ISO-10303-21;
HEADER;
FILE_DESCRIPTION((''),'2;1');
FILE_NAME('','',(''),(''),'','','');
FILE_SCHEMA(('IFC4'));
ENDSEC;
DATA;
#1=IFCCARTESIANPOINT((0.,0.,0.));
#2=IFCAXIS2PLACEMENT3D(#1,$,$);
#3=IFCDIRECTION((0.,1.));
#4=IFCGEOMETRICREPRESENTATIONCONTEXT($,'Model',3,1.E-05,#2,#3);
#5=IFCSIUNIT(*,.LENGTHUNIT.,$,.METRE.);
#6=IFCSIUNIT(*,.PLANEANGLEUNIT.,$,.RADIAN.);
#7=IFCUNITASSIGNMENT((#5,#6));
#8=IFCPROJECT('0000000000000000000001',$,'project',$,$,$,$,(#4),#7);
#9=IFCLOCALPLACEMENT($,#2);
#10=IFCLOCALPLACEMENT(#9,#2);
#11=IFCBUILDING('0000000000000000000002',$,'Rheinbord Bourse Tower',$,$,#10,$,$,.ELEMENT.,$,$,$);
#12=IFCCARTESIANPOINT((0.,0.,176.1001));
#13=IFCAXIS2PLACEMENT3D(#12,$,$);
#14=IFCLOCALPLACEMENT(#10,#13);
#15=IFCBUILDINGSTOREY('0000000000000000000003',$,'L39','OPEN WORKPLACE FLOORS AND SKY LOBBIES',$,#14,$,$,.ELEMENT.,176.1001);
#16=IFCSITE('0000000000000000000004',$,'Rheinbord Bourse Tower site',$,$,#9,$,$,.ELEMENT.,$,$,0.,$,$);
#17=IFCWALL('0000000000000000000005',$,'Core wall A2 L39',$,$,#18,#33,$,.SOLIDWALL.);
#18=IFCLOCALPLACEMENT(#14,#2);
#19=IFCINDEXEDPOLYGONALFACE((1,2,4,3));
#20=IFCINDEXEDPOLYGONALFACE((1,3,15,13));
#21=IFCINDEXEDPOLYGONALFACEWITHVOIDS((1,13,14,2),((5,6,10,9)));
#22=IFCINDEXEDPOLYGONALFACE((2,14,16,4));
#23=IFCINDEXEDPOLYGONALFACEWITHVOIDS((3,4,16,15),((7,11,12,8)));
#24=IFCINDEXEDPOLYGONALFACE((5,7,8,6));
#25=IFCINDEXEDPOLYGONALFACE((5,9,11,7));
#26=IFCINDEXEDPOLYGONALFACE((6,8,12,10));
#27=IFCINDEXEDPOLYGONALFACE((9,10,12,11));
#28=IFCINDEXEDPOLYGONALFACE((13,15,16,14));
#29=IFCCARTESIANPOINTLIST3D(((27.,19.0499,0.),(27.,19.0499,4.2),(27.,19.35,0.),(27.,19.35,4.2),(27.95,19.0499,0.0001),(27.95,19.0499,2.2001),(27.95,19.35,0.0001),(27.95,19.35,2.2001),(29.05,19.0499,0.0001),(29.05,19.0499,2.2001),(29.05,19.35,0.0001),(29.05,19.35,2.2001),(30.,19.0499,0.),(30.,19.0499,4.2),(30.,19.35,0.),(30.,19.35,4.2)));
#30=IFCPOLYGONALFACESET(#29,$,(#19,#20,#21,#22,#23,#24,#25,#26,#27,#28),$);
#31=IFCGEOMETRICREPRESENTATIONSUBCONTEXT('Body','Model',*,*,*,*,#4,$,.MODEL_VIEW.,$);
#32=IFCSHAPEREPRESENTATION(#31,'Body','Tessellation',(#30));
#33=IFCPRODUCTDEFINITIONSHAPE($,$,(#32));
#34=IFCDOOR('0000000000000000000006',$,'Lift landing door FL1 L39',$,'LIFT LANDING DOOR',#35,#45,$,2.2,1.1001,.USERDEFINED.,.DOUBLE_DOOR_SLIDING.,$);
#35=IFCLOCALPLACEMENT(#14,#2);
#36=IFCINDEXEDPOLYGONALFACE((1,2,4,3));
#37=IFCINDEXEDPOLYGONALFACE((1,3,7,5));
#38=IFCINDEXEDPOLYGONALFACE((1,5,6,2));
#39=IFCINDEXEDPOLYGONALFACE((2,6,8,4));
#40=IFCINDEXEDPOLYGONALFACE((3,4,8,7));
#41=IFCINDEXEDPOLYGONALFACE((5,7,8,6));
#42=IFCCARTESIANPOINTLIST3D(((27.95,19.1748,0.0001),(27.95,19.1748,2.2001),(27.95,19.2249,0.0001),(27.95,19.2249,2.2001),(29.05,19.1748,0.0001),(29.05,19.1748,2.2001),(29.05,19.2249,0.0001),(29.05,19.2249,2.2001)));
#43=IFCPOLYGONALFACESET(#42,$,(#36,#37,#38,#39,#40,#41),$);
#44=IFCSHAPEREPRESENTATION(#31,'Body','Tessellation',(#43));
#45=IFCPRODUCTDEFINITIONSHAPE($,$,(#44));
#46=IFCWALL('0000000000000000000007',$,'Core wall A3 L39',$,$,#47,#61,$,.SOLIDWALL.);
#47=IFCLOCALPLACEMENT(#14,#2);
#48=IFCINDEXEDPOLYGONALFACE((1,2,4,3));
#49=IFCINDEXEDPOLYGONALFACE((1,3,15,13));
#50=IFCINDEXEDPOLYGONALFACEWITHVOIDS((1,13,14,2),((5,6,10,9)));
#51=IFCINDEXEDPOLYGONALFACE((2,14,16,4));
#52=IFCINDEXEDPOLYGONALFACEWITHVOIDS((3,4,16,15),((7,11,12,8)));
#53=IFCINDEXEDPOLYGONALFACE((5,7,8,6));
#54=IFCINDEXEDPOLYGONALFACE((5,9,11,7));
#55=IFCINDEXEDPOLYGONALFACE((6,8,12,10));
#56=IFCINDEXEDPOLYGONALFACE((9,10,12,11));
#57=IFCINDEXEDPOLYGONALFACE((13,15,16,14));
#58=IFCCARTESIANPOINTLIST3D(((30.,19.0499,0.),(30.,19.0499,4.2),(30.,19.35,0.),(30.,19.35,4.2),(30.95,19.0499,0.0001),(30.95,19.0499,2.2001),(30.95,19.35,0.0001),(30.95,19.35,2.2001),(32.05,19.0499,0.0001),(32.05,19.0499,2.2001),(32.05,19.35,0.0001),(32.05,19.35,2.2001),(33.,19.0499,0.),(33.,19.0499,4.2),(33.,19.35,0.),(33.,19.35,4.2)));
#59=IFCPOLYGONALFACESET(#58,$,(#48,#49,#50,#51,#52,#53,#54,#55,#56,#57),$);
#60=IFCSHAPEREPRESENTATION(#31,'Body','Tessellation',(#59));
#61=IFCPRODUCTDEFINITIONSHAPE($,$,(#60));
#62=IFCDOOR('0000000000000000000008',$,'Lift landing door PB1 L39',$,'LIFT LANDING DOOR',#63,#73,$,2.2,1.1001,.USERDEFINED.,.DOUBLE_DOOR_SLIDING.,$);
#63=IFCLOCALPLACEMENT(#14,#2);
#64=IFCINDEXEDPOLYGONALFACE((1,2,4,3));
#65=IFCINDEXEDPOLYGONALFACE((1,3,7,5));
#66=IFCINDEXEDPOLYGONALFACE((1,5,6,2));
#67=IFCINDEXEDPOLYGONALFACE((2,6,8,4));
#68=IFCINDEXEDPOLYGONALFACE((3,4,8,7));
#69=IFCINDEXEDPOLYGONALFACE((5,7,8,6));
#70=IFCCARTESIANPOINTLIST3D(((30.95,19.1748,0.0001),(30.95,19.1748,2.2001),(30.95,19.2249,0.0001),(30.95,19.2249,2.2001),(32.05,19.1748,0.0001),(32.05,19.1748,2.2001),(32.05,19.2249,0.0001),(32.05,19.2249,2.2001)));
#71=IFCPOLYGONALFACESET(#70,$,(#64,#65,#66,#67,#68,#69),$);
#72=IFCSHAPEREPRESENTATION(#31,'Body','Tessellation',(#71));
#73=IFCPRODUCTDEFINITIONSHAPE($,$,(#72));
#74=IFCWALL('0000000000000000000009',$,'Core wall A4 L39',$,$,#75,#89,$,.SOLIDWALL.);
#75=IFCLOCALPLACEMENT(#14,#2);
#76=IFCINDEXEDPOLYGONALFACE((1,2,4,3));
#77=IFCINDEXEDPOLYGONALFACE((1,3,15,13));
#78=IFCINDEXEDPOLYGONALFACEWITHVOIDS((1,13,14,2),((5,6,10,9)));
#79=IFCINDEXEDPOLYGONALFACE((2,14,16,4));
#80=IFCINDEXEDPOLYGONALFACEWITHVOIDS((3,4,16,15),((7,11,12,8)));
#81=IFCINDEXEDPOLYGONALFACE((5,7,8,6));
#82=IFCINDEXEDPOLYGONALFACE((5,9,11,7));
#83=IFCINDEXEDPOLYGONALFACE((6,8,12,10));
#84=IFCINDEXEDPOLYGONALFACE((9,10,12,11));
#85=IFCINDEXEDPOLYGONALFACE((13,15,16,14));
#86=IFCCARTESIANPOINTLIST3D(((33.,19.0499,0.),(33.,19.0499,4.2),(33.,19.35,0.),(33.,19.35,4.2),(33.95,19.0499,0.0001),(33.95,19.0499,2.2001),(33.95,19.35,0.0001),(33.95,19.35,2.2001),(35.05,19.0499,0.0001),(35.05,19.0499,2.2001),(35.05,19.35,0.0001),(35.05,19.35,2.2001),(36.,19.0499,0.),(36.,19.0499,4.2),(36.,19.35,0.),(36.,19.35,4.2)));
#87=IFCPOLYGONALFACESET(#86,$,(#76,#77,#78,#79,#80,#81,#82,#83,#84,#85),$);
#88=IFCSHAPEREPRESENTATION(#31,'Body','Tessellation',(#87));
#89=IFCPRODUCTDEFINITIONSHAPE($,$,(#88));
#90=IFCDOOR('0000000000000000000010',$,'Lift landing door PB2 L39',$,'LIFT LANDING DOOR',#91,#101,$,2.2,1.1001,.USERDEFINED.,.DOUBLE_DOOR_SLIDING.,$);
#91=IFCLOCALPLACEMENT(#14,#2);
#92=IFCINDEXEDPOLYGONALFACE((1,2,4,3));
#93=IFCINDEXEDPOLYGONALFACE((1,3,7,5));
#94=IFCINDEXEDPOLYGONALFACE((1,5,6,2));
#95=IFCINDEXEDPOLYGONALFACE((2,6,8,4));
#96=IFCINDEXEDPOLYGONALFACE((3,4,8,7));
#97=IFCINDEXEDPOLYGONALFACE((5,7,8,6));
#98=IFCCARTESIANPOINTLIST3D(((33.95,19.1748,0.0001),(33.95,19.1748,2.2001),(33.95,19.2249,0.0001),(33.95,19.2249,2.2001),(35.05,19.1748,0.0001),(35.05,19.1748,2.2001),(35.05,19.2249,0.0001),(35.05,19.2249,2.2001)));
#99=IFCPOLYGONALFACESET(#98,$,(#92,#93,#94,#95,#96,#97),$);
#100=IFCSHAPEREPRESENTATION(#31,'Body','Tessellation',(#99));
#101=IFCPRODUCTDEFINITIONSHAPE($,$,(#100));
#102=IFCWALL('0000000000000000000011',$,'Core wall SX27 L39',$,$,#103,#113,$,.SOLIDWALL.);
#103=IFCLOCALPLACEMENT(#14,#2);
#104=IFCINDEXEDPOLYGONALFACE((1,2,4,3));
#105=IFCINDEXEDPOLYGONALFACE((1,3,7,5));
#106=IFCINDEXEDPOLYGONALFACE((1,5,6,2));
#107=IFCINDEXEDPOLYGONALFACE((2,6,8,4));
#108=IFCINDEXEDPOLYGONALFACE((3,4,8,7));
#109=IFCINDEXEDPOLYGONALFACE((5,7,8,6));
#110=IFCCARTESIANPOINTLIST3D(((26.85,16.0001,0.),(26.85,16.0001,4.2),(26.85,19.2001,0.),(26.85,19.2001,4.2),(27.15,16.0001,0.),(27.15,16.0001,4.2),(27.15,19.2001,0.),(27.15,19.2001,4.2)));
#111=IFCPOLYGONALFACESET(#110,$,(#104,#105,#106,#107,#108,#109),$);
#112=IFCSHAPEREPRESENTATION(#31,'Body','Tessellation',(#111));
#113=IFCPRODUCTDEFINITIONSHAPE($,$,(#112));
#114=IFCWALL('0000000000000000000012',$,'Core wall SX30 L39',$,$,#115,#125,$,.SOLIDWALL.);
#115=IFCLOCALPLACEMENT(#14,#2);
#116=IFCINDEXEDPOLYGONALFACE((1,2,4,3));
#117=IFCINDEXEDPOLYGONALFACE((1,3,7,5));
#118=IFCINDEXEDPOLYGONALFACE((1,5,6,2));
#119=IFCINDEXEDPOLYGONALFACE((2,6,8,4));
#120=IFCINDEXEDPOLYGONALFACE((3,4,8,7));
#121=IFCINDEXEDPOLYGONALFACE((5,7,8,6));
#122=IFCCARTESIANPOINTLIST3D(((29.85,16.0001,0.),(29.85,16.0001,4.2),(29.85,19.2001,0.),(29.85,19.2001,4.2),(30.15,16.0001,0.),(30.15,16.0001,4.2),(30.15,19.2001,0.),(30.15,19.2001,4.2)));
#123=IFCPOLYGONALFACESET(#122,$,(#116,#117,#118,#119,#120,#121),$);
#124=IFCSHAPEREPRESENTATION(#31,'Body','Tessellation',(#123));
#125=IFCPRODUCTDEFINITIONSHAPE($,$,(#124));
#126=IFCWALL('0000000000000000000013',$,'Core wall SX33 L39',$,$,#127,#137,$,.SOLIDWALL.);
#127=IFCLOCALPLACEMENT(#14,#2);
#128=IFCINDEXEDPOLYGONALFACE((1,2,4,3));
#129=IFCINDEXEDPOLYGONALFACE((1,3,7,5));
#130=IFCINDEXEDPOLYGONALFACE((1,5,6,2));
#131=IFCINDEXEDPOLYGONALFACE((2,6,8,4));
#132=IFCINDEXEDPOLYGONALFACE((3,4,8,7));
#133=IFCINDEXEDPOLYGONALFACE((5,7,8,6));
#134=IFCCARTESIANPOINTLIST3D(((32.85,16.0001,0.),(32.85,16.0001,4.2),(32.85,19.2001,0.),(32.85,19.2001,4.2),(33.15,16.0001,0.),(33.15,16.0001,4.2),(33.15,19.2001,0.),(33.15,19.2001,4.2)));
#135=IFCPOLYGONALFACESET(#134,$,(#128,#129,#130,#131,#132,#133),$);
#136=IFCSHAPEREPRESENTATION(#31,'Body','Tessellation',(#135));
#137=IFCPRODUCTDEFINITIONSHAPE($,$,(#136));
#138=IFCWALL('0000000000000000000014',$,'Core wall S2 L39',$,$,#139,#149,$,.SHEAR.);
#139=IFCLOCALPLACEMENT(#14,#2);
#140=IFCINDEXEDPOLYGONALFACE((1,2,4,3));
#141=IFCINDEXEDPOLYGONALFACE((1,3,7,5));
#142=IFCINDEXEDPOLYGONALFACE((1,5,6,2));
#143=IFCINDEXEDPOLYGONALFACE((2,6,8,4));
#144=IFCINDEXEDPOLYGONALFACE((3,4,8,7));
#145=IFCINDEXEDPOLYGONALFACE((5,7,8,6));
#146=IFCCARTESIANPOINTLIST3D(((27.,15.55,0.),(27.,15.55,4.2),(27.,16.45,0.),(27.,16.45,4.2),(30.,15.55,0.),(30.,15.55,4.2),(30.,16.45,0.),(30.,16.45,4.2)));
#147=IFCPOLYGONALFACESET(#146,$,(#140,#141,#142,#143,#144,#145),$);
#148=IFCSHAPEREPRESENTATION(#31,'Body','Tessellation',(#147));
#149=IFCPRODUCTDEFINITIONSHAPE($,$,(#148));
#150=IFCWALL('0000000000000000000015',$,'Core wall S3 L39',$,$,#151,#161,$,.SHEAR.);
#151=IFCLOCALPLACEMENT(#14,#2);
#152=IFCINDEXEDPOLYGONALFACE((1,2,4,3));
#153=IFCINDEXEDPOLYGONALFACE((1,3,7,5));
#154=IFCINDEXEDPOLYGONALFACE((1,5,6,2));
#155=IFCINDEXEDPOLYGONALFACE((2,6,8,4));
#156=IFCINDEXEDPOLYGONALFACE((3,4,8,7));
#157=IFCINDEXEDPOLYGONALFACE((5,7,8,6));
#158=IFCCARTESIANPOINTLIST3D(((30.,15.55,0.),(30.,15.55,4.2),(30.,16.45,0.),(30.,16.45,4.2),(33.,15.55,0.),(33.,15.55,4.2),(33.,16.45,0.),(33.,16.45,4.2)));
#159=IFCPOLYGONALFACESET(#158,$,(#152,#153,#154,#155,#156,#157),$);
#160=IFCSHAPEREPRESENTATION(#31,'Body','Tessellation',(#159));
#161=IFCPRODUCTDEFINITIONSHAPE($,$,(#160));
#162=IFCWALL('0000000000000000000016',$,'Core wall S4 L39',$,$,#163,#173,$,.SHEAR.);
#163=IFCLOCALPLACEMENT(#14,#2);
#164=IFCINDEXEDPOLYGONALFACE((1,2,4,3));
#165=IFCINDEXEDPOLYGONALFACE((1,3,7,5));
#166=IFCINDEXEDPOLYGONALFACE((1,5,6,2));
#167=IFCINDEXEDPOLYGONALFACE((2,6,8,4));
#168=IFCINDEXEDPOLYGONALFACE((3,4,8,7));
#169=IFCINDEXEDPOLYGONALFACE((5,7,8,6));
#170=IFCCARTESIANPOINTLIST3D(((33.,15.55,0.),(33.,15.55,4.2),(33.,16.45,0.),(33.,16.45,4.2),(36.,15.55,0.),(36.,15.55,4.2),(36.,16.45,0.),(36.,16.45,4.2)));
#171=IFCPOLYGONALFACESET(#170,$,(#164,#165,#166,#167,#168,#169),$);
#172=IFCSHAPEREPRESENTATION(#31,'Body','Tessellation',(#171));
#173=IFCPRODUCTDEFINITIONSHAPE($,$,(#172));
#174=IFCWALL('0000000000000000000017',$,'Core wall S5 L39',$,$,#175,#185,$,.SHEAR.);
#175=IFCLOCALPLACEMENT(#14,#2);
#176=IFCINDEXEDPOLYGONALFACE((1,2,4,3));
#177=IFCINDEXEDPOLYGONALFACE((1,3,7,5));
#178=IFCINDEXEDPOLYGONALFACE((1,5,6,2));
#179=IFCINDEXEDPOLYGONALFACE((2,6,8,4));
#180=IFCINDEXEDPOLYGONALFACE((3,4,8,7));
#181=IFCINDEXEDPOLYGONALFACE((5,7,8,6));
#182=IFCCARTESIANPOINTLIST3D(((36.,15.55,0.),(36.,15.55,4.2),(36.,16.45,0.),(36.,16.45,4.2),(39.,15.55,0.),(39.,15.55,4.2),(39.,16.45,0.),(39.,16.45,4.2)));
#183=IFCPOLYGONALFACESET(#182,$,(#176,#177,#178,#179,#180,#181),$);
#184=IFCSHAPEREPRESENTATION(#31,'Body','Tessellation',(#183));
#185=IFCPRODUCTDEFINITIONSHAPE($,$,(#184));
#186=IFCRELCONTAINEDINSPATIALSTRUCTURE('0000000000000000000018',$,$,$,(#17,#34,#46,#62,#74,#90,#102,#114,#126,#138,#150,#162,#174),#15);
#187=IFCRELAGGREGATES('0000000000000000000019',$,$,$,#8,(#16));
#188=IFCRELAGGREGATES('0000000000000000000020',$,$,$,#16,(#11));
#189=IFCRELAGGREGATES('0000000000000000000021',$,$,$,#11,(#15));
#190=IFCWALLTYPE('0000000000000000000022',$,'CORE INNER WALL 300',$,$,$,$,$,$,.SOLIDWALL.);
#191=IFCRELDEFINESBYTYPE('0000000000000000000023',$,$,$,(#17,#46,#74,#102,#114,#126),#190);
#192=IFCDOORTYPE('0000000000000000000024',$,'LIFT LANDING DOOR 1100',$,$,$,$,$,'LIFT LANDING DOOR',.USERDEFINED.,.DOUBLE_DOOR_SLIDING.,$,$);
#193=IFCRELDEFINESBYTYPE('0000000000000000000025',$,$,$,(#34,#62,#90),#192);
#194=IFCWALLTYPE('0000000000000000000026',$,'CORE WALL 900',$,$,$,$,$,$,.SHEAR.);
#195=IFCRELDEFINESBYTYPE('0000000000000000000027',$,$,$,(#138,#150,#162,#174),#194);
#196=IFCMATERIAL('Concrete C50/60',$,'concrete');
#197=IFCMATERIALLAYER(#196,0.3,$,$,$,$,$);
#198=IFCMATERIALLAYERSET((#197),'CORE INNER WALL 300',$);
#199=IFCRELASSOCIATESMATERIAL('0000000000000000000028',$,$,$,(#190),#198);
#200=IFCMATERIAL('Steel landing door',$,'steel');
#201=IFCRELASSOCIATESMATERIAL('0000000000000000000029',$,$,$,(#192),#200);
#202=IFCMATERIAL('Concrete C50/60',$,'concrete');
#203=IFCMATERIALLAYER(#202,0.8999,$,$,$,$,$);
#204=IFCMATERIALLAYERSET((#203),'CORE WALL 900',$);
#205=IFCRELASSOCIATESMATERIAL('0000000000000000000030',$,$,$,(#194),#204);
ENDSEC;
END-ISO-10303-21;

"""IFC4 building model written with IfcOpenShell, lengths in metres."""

from ifc_helpers import new_model, si_unit, direction, frame, frame_2d, origin, place, context, subcontext, project, spatial, rectangle, extrude, material, layer, layer_set, type_object, element, fill, save


model = new_model("IFC4")

# Units and contexts
model_context = context("Model", 3, precision=1e-05, world=origin(), true_north=direction((0.0, 1.0)))
body_context = subcontext(model_context, "Body", "Model", "MODEL_VIEW")
ifc_project = project(units=[si_unit("LENGTHUNIT", "METRE"), si_unit("PLANEANGLEUNIT", "RADIAN")], contexts=[model_context])

# Site, building, storey
site_placement = place(None, origin())
site = spatial("IfcSite", under=ifc_project, at=site_placement, Name="Rheinbord Bourse Tower site", CompositionType="ELEMENT", RefElevation=0.0)
building_placement = place(site_placement, origin())
building = spatial("IfcBuilding", under=site, at=building_placement, Name="Rheinbord Bourse Tower", CompositionType="ELEMENT")
storey_placement = place(building_placement, frame((0.0, 0.0, 176.1001)))
storey = spatial("IfcBuildingStorey", under=building, at=storey_placement, Name="L39", Description="OPEN WORKPLACE FLOORS AND SKY LOBBIES", CompositionType="ELEMENT", Elevation=176.1001)

# Walls, openings, doors
ifc_material_1 = material(Name="Concrete C50/60", Category="concrete")
ifc_layer_1 = layer(ifc_material_1, 0.3)
ifc_layer_set_1 = layer_set([ifc_layer_1], Name="CORE INNER WALL 300")
wall_type_1 = type_object("IfcWallType", Name="CORE INNER WALL 300", PredefinedType="SOLIDWALL", material=ifc_layer_set_1)
wall_1_placement = place(storey_placement, frame((27.0, 19.2, 0.0), z_axis=(0.0, 0.0, 1.0), x_axis=(1.0, 0.0, 0.0)))
wall_1 = element("IfcWall", 1, at=wall_1_placement, inside=storey, type_object=wall_type_1, Name="Core wall A2 L39", PredefinedType="SOLIDWALL", context=body_context, shape_type="SweptSolid", body=[
    extrude(rectangle(XDim=3.0, YDim=0.3, at=frame_2d((1.5, 0.0))), origin(), (0.0, 0.0, 1.0), 4.2),
])
opening_1_placement = place(wall_1_placement, frame((0.95, 0.0, 0.0)))
opening_1 = element("IfcOpeningElement", 2, at=opening_1_placement, cuts=wall_1, PredefinedType="OPENING", context=body_context, shape_type="SweptSolid", body=[
    extrude(rectangle(XDim=1.1001, YDim=2.2, at=frame_2d((0.55, 1.1001))), frame((0.0, 0.1599, 0.0), z_axis=(0.0, -1.0, 0.0), x_axis=(1.0, 0.0, 0.0)), (0.0, 0.0, 1.0), 0.3201),
])
ifc_material_2 = material(Name="Steel landing door", Category="steel")
door_type_1 = type_object("IfcDoorType", Name="LIFT LANDING DOOR 1100", ElementType="LIFT LANDING DOOR", OperationType="DOUBLE_DOOR_SLIDING", PredefinedType="USERDEFINED", material=ifc_material_2)
door_1_placement = place(opening_1_placement, origin())
door_1 = element("IfcDoor", 3, at=door_1_placement, inside=storey, type_object=door_type_1, Name="Lift landing door FL1 L39", ObjectType="LIFT LANDING DOOR", OperationType="DOUBLE_DOOR_SLIDING", OverallHeight=2.2, OverallWidth=1.1001, PredefinedType="USERDEFINED", context=body_context, shape_type="SweptSolid", body=[
    extrude(rectangle(XDim=1.1001, YDim=2.2, at=frame_2d((0.55, 1.1001))), frame((0.0, 0.0249, 0.0), z_axis=(0.0, -1.0, 0.0), x_axis=(1.0, 0.0, 0.0)), (0.0, 0.0, 1.0), 0.05),
])
fill(opening_1, door_1)
wall_2_placement = place(storey_placement, frame((30.0, 19.2, 0.0), z_axis=(0.0, 0.0, 1.0), x_axis=(1.0, 0.0, 0.0)))
wall_2 = element("IfcWall", 4, at=wall_2_placement, inside=storey, type_object=wall_type_1, Name="Core wall A3 L39", PredefinedType="SOLIDWALL", context=body_context, shape_type="SweptSolid", body=[
    extrude(rectangle(XDim=3.0, YDim=0.3, at=frame_2d((1.5, 0.0))), origin(), (0.0, 0.0, 1.0), 4.2),
])
opening_2_placement = place(wall_2_placement, frame((0.95, 0.0, 0.0)))
opening_2 = element("IfcOpeningElement", 5, at=opening_2_placement, cuts=wall_2, PredefinedType="OPENING", context=body_context, shape_type="SweptSolid", body=[
    extrude(rectangle(XDim=1.1001, YDim=2.2, at=frame_2d((0.55, 1.1001))), frame((0.0, 0.1599, 0.0), z_axis=(0.0, -1.0, 0.0), x_axis=(1.0, 0.0, 0.0)), (0.0, 0.0, 1.0), 0.3201),
])
door_2_placement = place(opening_2_placement, origin())
door_2 = element("IfcDoor", 6, at=door_2_placement, inside=storey, type_object=door_type_1, Name="Lift landing door PB1 L39", ObjectType="LIFT LANDING DOOR", OperationType="DOUBLE_DOOR_SLIDING", OverallHeight=2.2, OverallWidth=1.1001, PredefinedType="USERDEFINED", context=body_context, shape_type="SweptSolid", body=[
    extrude(rectangle(XDim=1.1001, YDim=2.2, at=frame_2d((0.55, 1.1001))), frame((0.0, 0.0249, 0.0), z_axis=(0.0, -1.0, 0.0), x_axis=(1.0, 0.0, 0.0)), (0.0, 0.0, 1.0), 0.05),
])
fill(opening_2, door_2)
wall_3_placement = place(storey_placement, frame((33.0, 19.2, 0.0), z_axis=(0.0, 0.0, 1.0), x_axis=(1.0, 0.0, 0.0)))
wall_3 = element("IfcWall", 7, at=wall_3_placement, inside=storey, type_object=wall_type_1, Name="Core wall A4 L39", PredefinedType="SOLIDWALL", context=body_context, shape_type="SweptSolid", body=[
    extrude(rectangle(XDim=3.0, YDim=0.3, at=frame_2d((1.5, 0.0))), origin(), (0.0, 0.0, 1.0), 4.2),
])
opening_3_placement = place(wall_3_placement, frame((0.95, 0.0, 0.0)))
opening_3 = element("IfcOpeningElement", 8, at=opening_3_placement, cuts=wall_3, PredefinedType="OPENING", context=body_context, shape_type="SweptSolid", body=[
    extrude(rectangle(XDim=1.1001, YDim=2.2, at=frame_2d((0.55, 1.1001))), frame((0.0, 0.1599, 0.0), z_axis=(0.0, -1.0, 0.0), x_axis=(1.0, 0.0, 0.0)), (0.0, 0.0, 1.0), 0.3201),
])
door_3_placement = place(opening_3_placement, origin())
door_3 = element("IfcDoor", 9, at=door_3_placement, inside=storey, type_object=door_type_1, Name="Lift landing door PB2 L39", ObjectType="LIFT LANDING DOOR", OperationType="DOUBLE_DOOR_SLIDING", OverallHeight=2.2, OverallWidth=1.1001, PredefinedType="USERDEFINED", context=body_context, shape_type="SweptSolid", body=[
    extrude(rectangle(XDim=1.1001, YDim=2.2, at=frame_2d((0.55, 1.1001))), frame((0.0, 0.0249, 0.0), z_axis=(0.0, -1.0, 0.0), x_axis=(1.0, 0.0, 0.0)), (0.0, 0.0, 1.0), 0.05),
])
fill(opening_3, door_3)

# Walls
for number, where, z_axis, x_axis, name in (
    (10, (27.0, 16.0, 0.0), (0.0, 0.0, 1.0), (0.0, 1.0, 0.0), "Core wall SX27 L39"),
    (11, (30.0, 16.0, 0.0), (0.0, 0.0, 1.0), (0.0, 1.0, 0.0), "Core wall SX30 L39"),
    (12, (33.0, 16.0, 0.0), (0.0, 0.0, 1.0), (0.0, 1.0, 0.0), "Core wall SX33 L39"),
):
    element("IfcWall", number, at=place(storey_placement, frame(where, z_axis=z_axis, x_axis=x_axis)), inside=storey, type_object=wall_type_1, Name=name, PredefinedType="SOLIDWALL", context=body_context, shape_type="SweptSolid", body=[
        extrude(rectangle(XDim=3.2, YDim=0.3, at=frame_2d((1.6001, 0.0))), origin(), (0.0, 0.0, 1.0), 4.2),
    ])
ifc_material_3 = material(Name="Concrete C50/60", Category="concrete")
ifc_layer_2 = layer(ifc_material_3, 0.8999)
ifc_layer_set_2 = layer_set([ifc_layer_2], Name="CORE WALL 900")
wall_type_2 = type_object("IfcWallType", Name="CORE WALL 900", PredefinedType="SHEAR", material=ifc_layer_set_2)
for number, where, z_axis, x_axis, name in (
    (13, (27.0, 16.0, 0.0), (0.0, 0.0, 1.0), (1.0, 0.0, 0.0), "Core wall S2 L39"),
    (14, (30.0, 16.0, 0.0), (0.0, 0.0, 1.0), (1.0, 0.0, 0.0), "Core wall S3 L39"),
    (15, (33.0, 16.0, 0.0), (0.0, 0.0, 1.0), (1.0, 0.0, 0.0), "Core wall S4 L39"),
    (16, (36.0, 16.0, 0.0), (0.0, 0.0, 1.0), (1.0, 0.0, 0.0), "Core wall S5 L39"),
):
    element("IfcWall", number, at=place(storey_placement, frame(where, z_axis=z_axis, x_axis=x_axis)), inside=storey, type_object=wall_type_2, Name=name, PredefinedType="SHEAR", context=body_context, shape_type="SweptSolid", body=[
        extrude(rectangle(XDim=3.0, YDim=0.8999, at=frame_2d((1.5, 0.0))), origin(), (0.0, 0.0, 1.0), 4.2),
    ])

save(model, "model.ifc")
